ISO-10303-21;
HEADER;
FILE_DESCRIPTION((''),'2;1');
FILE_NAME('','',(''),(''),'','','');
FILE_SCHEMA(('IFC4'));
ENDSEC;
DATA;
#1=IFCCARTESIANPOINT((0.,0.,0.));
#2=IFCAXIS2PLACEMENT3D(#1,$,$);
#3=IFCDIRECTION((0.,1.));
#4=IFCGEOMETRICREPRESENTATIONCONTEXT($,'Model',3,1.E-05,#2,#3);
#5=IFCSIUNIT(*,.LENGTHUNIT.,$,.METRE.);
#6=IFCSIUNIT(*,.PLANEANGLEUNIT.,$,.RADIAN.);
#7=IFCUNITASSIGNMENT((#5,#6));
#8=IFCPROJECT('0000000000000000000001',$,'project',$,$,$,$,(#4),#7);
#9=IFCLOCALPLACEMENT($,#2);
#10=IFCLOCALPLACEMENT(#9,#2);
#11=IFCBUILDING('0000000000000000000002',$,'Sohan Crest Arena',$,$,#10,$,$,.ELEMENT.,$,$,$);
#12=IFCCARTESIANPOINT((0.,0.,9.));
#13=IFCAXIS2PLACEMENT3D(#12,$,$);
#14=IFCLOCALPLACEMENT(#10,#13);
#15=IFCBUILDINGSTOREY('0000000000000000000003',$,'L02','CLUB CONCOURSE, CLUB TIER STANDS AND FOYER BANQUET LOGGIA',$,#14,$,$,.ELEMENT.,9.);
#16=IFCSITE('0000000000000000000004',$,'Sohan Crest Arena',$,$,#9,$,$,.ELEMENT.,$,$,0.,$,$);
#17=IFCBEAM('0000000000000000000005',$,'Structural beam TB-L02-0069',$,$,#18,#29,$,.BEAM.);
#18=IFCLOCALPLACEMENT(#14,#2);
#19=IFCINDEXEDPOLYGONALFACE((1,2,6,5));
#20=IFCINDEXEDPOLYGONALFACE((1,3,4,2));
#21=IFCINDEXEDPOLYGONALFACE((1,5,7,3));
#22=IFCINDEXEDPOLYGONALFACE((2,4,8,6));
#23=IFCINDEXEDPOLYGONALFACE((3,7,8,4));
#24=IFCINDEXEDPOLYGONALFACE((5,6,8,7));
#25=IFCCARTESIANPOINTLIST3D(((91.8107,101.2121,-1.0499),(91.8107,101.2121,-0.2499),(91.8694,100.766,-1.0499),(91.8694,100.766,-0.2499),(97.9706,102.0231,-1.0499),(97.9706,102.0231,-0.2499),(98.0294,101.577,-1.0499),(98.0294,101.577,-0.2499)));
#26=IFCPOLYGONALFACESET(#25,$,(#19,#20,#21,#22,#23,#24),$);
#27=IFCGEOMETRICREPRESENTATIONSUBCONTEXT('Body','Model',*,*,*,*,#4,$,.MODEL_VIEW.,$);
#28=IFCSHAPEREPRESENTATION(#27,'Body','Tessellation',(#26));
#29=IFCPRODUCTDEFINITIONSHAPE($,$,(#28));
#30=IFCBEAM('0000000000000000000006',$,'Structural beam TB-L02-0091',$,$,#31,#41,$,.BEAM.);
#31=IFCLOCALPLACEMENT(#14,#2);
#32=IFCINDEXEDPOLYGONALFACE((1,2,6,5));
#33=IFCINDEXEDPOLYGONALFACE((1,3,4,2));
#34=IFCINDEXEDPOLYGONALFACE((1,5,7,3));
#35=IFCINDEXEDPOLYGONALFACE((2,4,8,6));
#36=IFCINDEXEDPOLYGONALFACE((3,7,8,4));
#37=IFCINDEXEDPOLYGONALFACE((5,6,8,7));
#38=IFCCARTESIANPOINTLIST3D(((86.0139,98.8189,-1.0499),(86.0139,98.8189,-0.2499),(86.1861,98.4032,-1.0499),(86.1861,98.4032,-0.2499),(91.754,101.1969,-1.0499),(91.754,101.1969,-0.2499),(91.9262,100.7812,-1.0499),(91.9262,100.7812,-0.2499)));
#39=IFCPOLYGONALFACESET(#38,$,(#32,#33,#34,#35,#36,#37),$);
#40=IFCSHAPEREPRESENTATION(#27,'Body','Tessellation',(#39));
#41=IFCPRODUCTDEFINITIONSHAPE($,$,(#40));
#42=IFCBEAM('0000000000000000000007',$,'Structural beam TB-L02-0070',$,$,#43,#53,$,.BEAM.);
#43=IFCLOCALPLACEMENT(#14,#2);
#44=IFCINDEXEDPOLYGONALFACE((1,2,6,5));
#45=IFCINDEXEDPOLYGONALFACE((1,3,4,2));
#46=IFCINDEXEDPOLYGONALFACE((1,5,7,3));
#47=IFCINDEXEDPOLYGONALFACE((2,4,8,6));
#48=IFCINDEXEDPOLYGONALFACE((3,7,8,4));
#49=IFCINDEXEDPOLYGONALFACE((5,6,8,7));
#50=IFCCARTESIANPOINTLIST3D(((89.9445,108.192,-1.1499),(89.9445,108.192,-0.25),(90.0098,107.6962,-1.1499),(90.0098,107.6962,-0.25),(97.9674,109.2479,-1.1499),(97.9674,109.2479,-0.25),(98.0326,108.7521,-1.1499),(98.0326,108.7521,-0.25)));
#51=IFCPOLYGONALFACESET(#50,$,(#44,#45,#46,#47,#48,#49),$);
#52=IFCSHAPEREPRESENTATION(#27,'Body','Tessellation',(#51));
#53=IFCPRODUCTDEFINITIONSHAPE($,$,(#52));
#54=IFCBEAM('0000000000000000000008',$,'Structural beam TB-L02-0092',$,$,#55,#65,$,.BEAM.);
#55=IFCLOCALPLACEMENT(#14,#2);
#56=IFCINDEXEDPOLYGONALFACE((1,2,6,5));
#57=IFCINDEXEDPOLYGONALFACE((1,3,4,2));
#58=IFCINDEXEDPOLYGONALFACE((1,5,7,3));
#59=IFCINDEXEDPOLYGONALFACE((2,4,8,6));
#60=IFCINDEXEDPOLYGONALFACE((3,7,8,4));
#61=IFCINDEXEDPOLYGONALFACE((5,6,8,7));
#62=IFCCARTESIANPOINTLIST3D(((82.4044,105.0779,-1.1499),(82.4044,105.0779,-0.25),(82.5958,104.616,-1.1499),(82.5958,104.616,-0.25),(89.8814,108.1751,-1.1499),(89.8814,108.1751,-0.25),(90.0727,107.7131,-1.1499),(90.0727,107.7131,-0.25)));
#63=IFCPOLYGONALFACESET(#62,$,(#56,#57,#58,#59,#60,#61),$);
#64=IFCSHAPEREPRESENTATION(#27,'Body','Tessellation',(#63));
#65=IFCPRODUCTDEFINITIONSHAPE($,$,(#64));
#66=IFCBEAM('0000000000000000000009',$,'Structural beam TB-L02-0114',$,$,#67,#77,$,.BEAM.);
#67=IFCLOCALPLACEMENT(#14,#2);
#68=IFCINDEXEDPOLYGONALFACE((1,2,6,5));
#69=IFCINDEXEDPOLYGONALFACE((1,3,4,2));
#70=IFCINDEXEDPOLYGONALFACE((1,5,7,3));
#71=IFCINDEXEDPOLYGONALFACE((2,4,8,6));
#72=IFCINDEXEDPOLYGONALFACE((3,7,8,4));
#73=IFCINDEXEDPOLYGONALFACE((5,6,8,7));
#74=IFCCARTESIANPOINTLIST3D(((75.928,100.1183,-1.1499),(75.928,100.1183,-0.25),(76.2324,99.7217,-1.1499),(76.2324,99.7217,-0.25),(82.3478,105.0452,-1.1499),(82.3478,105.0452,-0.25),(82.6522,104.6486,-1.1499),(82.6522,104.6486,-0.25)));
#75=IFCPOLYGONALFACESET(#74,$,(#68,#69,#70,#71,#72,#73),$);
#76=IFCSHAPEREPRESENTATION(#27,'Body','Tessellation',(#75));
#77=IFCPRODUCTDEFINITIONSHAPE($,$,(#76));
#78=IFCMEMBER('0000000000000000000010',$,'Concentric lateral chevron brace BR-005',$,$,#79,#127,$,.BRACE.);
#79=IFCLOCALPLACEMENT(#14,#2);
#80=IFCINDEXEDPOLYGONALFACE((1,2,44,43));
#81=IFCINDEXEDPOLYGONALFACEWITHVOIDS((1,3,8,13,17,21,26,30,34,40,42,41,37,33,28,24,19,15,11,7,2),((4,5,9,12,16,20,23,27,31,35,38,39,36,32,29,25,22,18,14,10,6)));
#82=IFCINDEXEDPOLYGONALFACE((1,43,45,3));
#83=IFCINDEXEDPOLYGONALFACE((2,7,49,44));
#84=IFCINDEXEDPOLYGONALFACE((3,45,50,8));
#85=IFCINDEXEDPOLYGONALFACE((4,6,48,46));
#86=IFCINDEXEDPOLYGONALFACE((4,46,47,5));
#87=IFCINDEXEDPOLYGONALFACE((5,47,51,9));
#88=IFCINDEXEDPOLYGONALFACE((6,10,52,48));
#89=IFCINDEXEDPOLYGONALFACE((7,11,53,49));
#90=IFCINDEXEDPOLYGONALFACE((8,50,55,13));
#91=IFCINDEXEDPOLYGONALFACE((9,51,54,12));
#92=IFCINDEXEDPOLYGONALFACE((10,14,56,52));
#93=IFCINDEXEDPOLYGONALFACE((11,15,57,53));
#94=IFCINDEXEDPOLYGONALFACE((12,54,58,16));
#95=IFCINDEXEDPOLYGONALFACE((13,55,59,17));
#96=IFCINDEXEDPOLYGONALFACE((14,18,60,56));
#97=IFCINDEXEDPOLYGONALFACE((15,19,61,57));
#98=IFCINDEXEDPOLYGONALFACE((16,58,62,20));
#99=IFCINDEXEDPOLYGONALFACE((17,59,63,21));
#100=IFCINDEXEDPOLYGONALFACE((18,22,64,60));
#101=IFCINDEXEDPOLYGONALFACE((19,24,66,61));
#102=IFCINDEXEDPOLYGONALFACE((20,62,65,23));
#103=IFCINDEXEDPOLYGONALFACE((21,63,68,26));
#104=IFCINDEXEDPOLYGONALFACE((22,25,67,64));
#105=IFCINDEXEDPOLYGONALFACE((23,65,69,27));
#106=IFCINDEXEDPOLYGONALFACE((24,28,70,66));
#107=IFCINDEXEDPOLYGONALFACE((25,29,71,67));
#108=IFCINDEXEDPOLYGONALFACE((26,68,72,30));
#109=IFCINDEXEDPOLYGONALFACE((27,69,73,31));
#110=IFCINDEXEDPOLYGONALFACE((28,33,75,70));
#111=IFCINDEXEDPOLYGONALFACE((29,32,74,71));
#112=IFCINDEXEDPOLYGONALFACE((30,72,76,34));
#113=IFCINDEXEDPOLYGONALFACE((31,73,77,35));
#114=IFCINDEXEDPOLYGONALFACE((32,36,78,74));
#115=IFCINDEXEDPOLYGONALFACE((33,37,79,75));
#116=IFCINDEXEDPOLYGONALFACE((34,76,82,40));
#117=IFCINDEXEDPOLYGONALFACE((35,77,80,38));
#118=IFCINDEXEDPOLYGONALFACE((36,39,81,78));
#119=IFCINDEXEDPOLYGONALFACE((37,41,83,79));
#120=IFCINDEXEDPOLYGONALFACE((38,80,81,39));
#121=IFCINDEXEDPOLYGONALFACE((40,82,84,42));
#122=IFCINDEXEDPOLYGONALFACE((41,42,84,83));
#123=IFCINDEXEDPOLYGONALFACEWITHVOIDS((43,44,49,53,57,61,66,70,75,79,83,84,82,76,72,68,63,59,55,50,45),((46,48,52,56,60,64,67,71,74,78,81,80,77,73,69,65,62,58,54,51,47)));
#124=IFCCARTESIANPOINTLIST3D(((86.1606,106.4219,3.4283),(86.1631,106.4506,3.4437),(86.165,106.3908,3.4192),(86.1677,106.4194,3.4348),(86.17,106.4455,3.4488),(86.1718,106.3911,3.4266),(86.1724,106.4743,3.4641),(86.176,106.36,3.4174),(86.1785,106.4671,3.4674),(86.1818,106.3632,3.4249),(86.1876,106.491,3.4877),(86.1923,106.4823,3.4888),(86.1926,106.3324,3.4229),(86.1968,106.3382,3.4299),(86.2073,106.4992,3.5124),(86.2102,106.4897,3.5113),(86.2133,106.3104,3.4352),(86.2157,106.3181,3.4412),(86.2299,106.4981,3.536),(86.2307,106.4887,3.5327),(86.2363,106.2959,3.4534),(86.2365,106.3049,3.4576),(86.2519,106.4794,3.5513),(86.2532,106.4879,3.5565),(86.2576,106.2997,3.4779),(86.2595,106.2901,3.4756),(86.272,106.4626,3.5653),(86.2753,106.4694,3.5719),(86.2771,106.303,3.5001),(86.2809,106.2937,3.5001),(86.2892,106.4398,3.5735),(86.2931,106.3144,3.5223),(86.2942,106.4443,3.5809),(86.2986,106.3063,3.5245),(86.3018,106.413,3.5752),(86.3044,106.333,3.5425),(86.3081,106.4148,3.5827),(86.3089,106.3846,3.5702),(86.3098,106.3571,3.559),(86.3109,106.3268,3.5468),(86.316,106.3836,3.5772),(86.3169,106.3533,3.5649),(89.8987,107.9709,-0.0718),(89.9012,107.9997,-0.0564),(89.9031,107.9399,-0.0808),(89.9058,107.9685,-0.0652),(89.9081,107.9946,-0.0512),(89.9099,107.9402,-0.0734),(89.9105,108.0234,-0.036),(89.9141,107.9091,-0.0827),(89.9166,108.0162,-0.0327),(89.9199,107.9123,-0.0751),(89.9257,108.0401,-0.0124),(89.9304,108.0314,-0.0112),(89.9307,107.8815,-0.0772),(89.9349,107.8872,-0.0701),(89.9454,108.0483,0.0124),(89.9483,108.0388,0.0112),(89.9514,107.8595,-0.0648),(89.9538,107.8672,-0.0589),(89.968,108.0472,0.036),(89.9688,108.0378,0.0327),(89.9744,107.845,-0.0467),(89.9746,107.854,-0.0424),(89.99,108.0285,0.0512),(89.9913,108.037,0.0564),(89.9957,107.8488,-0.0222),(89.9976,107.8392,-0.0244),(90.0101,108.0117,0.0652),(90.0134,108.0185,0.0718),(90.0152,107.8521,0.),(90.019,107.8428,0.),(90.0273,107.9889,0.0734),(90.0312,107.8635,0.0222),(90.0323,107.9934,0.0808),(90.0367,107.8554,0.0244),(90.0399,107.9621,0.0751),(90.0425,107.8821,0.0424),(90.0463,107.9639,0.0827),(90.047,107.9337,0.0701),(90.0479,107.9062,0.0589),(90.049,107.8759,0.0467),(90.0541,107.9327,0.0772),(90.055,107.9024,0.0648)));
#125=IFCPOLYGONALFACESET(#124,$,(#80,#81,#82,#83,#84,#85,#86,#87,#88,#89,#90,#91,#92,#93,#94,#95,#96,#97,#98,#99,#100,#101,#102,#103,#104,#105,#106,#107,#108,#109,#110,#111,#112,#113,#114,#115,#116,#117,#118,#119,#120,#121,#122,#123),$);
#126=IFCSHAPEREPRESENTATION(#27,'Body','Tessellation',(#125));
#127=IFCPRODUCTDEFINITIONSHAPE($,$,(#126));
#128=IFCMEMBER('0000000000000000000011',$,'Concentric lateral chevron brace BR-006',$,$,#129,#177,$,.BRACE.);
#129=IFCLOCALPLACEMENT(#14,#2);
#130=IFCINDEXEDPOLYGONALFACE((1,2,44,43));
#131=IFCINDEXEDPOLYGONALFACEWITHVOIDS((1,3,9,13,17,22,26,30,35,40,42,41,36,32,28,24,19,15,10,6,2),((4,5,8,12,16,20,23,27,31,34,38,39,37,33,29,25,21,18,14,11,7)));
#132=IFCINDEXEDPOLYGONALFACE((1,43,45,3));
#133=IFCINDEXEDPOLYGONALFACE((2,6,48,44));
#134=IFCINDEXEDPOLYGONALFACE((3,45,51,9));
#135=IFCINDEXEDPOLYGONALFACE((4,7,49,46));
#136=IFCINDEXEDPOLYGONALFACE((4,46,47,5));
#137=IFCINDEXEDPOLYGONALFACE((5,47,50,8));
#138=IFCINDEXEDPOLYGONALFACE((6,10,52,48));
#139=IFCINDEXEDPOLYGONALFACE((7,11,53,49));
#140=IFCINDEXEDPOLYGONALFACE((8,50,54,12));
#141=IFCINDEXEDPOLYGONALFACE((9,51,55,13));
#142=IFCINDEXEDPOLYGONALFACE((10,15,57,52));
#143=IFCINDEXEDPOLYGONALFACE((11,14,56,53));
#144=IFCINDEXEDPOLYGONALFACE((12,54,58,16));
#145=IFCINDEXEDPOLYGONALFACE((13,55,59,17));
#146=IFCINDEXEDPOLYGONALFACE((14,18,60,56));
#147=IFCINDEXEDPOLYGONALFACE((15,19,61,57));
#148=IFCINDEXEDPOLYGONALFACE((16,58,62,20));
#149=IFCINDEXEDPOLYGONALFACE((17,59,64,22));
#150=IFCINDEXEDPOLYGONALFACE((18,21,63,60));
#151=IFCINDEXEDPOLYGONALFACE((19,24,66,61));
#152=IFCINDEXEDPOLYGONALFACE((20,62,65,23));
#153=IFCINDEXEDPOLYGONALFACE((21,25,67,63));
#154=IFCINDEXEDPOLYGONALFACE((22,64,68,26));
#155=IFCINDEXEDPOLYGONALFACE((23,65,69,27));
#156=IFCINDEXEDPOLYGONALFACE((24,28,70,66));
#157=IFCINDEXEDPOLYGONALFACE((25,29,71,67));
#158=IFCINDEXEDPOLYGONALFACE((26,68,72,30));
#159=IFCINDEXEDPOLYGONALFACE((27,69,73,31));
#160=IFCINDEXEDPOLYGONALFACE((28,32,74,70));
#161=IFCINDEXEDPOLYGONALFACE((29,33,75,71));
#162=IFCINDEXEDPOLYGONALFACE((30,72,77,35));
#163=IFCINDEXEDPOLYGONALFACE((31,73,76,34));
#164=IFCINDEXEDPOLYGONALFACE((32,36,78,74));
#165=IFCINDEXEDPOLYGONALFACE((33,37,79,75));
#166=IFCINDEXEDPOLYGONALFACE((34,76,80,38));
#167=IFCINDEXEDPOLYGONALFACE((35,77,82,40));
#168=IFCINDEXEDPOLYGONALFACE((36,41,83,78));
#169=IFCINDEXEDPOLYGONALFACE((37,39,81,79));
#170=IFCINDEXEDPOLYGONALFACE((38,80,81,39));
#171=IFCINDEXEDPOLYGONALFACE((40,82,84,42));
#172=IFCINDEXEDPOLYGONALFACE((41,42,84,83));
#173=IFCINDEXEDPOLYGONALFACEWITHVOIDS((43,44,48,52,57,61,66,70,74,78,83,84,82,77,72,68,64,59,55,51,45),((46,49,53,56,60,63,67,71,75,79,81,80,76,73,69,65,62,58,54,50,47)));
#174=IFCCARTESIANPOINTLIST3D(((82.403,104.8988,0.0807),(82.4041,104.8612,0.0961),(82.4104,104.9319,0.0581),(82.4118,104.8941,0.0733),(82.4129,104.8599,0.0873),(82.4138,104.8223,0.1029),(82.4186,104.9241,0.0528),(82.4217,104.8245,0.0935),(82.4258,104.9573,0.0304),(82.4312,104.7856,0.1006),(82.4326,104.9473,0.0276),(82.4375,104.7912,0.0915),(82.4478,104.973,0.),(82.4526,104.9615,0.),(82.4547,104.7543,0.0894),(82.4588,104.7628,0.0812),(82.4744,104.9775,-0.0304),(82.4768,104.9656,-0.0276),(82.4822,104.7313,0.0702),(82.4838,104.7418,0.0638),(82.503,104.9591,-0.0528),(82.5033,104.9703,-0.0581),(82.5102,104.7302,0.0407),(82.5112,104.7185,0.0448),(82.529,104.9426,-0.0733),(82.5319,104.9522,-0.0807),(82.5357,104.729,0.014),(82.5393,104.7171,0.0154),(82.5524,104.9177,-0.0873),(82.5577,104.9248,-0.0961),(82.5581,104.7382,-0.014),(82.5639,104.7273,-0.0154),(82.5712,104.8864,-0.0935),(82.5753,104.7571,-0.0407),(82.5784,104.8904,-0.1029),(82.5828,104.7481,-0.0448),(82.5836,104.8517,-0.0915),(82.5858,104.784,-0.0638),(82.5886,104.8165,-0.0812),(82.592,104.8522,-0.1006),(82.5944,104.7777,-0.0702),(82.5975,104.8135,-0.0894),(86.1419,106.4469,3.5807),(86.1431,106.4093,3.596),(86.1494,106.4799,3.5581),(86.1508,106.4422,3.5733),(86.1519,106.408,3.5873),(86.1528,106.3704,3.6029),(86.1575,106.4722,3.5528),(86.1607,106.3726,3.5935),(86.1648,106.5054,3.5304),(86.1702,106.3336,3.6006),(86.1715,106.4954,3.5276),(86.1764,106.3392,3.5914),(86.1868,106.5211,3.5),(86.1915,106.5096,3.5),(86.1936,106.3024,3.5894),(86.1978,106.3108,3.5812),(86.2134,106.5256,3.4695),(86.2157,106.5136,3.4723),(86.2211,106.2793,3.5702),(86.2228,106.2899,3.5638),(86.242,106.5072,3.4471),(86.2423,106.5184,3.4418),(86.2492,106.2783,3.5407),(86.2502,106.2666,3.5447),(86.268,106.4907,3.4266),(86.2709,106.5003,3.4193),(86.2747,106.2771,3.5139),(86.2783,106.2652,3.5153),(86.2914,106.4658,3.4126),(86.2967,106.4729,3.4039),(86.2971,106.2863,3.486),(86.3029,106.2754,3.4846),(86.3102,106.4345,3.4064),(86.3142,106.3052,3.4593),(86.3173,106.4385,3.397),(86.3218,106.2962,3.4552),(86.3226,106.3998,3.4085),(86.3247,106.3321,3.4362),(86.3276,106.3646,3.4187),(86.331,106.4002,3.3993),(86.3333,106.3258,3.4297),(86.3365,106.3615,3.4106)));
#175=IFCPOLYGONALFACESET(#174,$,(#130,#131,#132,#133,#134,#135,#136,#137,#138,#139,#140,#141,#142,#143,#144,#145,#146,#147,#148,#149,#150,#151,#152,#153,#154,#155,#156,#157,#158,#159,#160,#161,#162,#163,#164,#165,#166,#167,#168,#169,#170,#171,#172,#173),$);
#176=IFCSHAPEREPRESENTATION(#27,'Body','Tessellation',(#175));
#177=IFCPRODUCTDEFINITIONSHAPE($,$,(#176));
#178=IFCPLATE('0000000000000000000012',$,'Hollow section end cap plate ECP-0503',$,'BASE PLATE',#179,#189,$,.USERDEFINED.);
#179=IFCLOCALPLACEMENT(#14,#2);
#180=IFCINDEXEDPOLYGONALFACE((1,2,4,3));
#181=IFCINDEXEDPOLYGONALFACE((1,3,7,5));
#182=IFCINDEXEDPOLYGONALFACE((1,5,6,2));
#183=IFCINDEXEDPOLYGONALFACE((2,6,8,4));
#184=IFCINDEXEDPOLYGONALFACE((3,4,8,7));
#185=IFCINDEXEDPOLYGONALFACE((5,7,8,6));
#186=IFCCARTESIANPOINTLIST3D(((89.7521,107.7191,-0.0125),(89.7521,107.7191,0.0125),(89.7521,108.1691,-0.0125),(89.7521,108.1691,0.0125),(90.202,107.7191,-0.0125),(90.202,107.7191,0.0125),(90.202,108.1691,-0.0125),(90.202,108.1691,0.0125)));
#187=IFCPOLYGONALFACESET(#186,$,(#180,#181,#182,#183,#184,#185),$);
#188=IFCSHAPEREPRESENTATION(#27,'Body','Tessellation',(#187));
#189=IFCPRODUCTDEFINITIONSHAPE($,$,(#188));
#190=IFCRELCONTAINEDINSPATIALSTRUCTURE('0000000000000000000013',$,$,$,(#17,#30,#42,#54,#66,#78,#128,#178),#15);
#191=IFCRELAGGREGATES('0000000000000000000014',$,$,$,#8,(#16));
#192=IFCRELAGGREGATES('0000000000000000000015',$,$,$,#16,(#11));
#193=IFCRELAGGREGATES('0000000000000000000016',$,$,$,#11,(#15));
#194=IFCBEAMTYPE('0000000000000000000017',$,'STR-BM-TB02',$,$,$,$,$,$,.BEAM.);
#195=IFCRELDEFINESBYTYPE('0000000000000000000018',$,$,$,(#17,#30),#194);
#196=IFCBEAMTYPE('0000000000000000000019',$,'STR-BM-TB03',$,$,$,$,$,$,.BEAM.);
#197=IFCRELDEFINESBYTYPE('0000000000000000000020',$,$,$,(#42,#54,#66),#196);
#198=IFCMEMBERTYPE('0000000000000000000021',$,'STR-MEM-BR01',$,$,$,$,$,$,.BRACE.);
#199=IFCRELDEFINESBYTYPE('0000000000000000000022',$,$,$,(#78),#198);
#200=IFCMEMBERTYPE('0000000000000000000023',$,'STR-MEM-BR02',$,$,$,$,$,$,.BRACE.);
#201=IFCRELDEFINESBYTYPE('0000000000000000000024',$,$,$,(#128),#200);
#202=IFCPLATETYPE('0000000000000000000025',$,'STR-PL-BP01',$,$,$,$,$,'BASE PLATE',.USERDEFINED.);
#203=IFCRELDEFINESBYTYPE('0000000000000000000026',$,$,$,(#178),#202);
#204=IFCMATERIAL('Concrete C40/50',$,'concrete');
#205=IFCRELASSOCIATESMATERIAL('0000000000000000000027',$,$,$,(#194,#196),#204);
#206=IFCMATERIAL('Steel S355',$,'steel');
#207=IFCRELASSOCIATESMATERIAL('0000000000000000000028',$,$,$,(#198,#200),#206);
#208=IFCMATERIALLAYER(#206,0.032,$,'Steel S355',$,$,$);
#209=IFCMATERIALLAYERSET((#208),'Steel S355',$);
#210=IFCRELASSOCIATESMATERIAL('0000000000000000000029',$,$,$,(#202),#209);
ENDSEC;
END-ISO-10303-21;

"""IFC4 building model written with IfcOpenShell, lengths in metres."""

from ifc_helpers import new_model, si_unit, direction, frame, origin, origin_2d, place, context, subcontext, project, spatial, rectangle, hollow_circle, extrude, material, layer, layer_set, material_profile, profile_set, type_object, element, save


model = new_model("IFC4")

# Units and contexts
model_context = context("Model", 3, precision=1e-05, world=origin(), true_north=direction((0.0, 1.0)))
body_context = subcontext(model_context, "Body", "Model", "MODEL_VIEW")
ifc_project = project(units=[si_unit("LENGTHUNIT", "METRE"), si_unit("PLANEANGLEUNIT", "RADIAN")], contexts=[model_context])

# Site, building, storey
site_placement = place(None, origin())
site = spatial("IfcSite", under=ifc_project, at=site_placement, Name="Sohan Crest Arena", CompositionType="ELEMENT", RefElevation=0.0)
building_placement = place(site_placement, origin())
building = spatial("IfcBuilding", under=site, at=building_placement, Name="Sohan Crest Arena", CompositionType="ELEMENT")
storey_placement = place(building_placement, frame((0.0, 0.0, 9.0)))
storey = spatial("IfcBuildingStorey", under=building, at=storey_placement, Name="L02", Description="CLUB CONCOURSE, CLUB TIER STANDS AND FOYER BANQUET LOGGIA", CompositionType="ELEMENT", Elevation=9.0)

# Shared definitions
ifc_material_1 = material(Name="Concrete C40/50", Category="concrete")
ifc_material_2 = material(Name="Steel S355", Category="steel")

# Beams
ifc_material_profile_1 = material_profile(ifc_material_1, rectangle(XDim=0.45, YDim=0.8, at=origin_2d()), Name="RC-BM 450x800")
ifc_profile_set_1 = profile_set([ifc_material_profile_1], Name="Concrete C40/50")
beam_type_1 = type_object("IfcBeamType", Name="STR-BM-TB02", PredefinedType="BEAM", material=ifc_profile_set_1)
for number, where, z_axis, x_axis, name in (
    (1, (98.0, 101.8, -0.6499), (-0.991443, -0.130537, 0.0), (0.130537, -0.991443, 0.0), "Structural beam TB-L02-0069"),
    (2, (91.8401, 100.989, -0.6499), (-0.92386, -0.382731, 0.0), (0.382731, -0.92386, 0.0), "Structural beam TB-L02-0091"),
):
    element("IfcBeam", number, at=place(storey_placement, frame(where, z_axis=z_axis, x_axis=x_axis)), inside=storey, type_object=beam_type_1, Name=name, PredefinedType="BEAM", context=body_context, shape_type="SweptSolid", body=[
        extrude(rectangle(XDim=0.45, YDim=0.8, at=origin_2d()), origin(), (0.0, 0.0, 1.0), 6.2131),
    ])
ifc_material_profile_2 = material_profile(ifc_material_1, rectangle(XDim=0.5, YDim=0.8999, at=origin_2d()), Name="RC-BM 500x900")
ifc_profile_set_2 = profile_set([ifc_material_profile_2], Name="Concrete C40/50")
beam_type_2 = type_object("IfcBeamType", Name="STR-BM-TB03", PredefinedType="BEAM", material=ifc_profile_set_2)
beam_1_placement = place(storey_placement, frame((98.0, 109.0, -0.7), z_axis=(-0.99145, -0.130486, 0.0), x_axis=(0.130486, -0.99145, 0.0)))
element("IfcBeam", 3, at=beam_1_placement, inside=storey, type_object=beam_type_2, Name="Structural beam TB-L02-0070", PredefinedType="BEAM", context=body_context, shape_type="SweptSolid", body=[
    extrude(rectangle(XDim=0.5, YDim=0.8999, at=origin_2d()), origin(), (0.0, 0.0, 1.0), 8.092),
])
beam_2_placement = place(storey_placement, frame((89.9771, 107.9441, -0.7), z_axis=(-0.923876, -0.382691, 0.0), x_axis=(0.382691, -0.923876, 0.0)))
element("IfcBeam", 4, at=beam_2_placement, inside=storey, type_object=beam_type_2, Name="Structural beam TB-L02-0092", PredefinedType="BEAM", context=body_context, shape_type="SweptSolid", body=[
    extrude(rectangle(XDim=0.5, YDim=0.8999, at=origin_2d()), origin(), (0.0, 0.0, 1.0), 8.093),
])
beam_3_placement = place(storey_placement, frame((82.5, 104.8469, -0.7), z_axis=(-0.793304, -0.608825, 0.0), x_axis=(0.608825, -0.793304, 0.0)))
element("IfcBeam", 5, at=beam_3_placement, inside=storey, type_object=beam_type_2, Name="Structural beam TB-L02-0114", PredefinedType="BEAM", context=body_context, shape_type="SweptSolid", body=[
    extrude(rectangle(XDim=0.5, YDim=0.8999, at=origin_2d()), origin(), (0.0, 0.0, 1.0), 8.0925),
])

# Members
ifc_material_profile_3 = material_profile(ifc_material_2, hollow_circle(Radius=0.1096, WallThickness=0.01, at=origin_2d()), Name="CHS 219.1x10")
ifc_profile_set_3 = profile_set([ifc_material_profile_3], Name="Steel S355")
member_type_1 = type_object("IfcMemberType", Name="STR-MEM-BR01", PredefinedType="BRACE", material=ifc_profile_set_3)
member_1_placement = place(storey_placement, frame((89.9771, 107.9441, 0.0), z_axis=(-0.698698, -0.289546, 0.654205), x_axis=(0.382837, -0.923816, 0.0)))
element("IfcMember", 6, at=member_1_placement, inside=storey, type_object=member_type_1, Name="Concentric lateral chevron brace BR-005", PredefinedType="BRACE", context=body_context, shape_type="SweptSolid", body=[
    extrude(hollow_circle(Radius=0.1096, WallThickness=0.01, at=origin_2d()), origin(), (0.0, 0.0, 1.0), 5.3501),
])
ifc_material_profile_4 = material_profile(ifc_material_2, hollow_circle(Radius=0.1365, WallThickness=0.0125, at=origin_2d()), Name="CHS 273x12.5")
ifc_profile_set_4 = profile_set([ifc_material_profile_4], Name="Steel S355")
member_type_2 = type_object("IfcMemberType", Name="STR-MEM-BR02", PredefinedType="BRACE", material=ifc_profile_set_4)
member_2_placement = place(storey_placement, frame((82.5, 104.8469, 0.0), z_axis=(0.698828, 0.289342, 0.654156), x_axis=(-0.382545, 0.923937, 0.0)))
element("IfcMember", 7, at=member_2_placement, inside=storey, type_object=member_type_2, Name="Concentric lateral chevron brace BR-006", PredefinedType="BRACE", context=body_context, shape_type="SweptSolid", body=[
    extrude(hollow_circle(Radius=0.1365, WallThickness=0.0125, at=origin_2d()), origin(), (0.0, 0.0, 1.0), 5.3503),
])

# Plate
ifc_layer_1 = layer(ifc_material_2, 0.032, Name="Steel S355")
ifc_layer_set_1 = layer_set([ifc_layer_1], Name="Steel S355")
plate_type_1 = type_object("IfcPlateType", Name="STR-PL-BP01", ElementType="BASE PLATE", PredefinedType="USERDEFINED", material=ifc_layer_set_1)
for number, where, z_axis, x_axis, name in (
    (8, (89.9771, 107.9441, -0.0125), (0.0, 0.0, 1.0), (1.0, 0.0, 0.0), "Hollow section end cap plate ECP-0503"),
):
    element("IfcPlate", number, at=place(storey_placement, frame(where, z_axis=z_axis, x_axis=x_axis)), inside=storey, type_object=plate_type_1, Name=name, ObjectType="BASE PLATE", PredefinedType="USERDEFINED", context=body_context, shape_type="SweptSolid", body=[
        extrude(rectangle(XDim=0.45, YDim=0.45, at=origin_2d()), origin(), (0.0, 0.0, 1.0), 0.0249),
    ])

save(model, "model.ifc")
